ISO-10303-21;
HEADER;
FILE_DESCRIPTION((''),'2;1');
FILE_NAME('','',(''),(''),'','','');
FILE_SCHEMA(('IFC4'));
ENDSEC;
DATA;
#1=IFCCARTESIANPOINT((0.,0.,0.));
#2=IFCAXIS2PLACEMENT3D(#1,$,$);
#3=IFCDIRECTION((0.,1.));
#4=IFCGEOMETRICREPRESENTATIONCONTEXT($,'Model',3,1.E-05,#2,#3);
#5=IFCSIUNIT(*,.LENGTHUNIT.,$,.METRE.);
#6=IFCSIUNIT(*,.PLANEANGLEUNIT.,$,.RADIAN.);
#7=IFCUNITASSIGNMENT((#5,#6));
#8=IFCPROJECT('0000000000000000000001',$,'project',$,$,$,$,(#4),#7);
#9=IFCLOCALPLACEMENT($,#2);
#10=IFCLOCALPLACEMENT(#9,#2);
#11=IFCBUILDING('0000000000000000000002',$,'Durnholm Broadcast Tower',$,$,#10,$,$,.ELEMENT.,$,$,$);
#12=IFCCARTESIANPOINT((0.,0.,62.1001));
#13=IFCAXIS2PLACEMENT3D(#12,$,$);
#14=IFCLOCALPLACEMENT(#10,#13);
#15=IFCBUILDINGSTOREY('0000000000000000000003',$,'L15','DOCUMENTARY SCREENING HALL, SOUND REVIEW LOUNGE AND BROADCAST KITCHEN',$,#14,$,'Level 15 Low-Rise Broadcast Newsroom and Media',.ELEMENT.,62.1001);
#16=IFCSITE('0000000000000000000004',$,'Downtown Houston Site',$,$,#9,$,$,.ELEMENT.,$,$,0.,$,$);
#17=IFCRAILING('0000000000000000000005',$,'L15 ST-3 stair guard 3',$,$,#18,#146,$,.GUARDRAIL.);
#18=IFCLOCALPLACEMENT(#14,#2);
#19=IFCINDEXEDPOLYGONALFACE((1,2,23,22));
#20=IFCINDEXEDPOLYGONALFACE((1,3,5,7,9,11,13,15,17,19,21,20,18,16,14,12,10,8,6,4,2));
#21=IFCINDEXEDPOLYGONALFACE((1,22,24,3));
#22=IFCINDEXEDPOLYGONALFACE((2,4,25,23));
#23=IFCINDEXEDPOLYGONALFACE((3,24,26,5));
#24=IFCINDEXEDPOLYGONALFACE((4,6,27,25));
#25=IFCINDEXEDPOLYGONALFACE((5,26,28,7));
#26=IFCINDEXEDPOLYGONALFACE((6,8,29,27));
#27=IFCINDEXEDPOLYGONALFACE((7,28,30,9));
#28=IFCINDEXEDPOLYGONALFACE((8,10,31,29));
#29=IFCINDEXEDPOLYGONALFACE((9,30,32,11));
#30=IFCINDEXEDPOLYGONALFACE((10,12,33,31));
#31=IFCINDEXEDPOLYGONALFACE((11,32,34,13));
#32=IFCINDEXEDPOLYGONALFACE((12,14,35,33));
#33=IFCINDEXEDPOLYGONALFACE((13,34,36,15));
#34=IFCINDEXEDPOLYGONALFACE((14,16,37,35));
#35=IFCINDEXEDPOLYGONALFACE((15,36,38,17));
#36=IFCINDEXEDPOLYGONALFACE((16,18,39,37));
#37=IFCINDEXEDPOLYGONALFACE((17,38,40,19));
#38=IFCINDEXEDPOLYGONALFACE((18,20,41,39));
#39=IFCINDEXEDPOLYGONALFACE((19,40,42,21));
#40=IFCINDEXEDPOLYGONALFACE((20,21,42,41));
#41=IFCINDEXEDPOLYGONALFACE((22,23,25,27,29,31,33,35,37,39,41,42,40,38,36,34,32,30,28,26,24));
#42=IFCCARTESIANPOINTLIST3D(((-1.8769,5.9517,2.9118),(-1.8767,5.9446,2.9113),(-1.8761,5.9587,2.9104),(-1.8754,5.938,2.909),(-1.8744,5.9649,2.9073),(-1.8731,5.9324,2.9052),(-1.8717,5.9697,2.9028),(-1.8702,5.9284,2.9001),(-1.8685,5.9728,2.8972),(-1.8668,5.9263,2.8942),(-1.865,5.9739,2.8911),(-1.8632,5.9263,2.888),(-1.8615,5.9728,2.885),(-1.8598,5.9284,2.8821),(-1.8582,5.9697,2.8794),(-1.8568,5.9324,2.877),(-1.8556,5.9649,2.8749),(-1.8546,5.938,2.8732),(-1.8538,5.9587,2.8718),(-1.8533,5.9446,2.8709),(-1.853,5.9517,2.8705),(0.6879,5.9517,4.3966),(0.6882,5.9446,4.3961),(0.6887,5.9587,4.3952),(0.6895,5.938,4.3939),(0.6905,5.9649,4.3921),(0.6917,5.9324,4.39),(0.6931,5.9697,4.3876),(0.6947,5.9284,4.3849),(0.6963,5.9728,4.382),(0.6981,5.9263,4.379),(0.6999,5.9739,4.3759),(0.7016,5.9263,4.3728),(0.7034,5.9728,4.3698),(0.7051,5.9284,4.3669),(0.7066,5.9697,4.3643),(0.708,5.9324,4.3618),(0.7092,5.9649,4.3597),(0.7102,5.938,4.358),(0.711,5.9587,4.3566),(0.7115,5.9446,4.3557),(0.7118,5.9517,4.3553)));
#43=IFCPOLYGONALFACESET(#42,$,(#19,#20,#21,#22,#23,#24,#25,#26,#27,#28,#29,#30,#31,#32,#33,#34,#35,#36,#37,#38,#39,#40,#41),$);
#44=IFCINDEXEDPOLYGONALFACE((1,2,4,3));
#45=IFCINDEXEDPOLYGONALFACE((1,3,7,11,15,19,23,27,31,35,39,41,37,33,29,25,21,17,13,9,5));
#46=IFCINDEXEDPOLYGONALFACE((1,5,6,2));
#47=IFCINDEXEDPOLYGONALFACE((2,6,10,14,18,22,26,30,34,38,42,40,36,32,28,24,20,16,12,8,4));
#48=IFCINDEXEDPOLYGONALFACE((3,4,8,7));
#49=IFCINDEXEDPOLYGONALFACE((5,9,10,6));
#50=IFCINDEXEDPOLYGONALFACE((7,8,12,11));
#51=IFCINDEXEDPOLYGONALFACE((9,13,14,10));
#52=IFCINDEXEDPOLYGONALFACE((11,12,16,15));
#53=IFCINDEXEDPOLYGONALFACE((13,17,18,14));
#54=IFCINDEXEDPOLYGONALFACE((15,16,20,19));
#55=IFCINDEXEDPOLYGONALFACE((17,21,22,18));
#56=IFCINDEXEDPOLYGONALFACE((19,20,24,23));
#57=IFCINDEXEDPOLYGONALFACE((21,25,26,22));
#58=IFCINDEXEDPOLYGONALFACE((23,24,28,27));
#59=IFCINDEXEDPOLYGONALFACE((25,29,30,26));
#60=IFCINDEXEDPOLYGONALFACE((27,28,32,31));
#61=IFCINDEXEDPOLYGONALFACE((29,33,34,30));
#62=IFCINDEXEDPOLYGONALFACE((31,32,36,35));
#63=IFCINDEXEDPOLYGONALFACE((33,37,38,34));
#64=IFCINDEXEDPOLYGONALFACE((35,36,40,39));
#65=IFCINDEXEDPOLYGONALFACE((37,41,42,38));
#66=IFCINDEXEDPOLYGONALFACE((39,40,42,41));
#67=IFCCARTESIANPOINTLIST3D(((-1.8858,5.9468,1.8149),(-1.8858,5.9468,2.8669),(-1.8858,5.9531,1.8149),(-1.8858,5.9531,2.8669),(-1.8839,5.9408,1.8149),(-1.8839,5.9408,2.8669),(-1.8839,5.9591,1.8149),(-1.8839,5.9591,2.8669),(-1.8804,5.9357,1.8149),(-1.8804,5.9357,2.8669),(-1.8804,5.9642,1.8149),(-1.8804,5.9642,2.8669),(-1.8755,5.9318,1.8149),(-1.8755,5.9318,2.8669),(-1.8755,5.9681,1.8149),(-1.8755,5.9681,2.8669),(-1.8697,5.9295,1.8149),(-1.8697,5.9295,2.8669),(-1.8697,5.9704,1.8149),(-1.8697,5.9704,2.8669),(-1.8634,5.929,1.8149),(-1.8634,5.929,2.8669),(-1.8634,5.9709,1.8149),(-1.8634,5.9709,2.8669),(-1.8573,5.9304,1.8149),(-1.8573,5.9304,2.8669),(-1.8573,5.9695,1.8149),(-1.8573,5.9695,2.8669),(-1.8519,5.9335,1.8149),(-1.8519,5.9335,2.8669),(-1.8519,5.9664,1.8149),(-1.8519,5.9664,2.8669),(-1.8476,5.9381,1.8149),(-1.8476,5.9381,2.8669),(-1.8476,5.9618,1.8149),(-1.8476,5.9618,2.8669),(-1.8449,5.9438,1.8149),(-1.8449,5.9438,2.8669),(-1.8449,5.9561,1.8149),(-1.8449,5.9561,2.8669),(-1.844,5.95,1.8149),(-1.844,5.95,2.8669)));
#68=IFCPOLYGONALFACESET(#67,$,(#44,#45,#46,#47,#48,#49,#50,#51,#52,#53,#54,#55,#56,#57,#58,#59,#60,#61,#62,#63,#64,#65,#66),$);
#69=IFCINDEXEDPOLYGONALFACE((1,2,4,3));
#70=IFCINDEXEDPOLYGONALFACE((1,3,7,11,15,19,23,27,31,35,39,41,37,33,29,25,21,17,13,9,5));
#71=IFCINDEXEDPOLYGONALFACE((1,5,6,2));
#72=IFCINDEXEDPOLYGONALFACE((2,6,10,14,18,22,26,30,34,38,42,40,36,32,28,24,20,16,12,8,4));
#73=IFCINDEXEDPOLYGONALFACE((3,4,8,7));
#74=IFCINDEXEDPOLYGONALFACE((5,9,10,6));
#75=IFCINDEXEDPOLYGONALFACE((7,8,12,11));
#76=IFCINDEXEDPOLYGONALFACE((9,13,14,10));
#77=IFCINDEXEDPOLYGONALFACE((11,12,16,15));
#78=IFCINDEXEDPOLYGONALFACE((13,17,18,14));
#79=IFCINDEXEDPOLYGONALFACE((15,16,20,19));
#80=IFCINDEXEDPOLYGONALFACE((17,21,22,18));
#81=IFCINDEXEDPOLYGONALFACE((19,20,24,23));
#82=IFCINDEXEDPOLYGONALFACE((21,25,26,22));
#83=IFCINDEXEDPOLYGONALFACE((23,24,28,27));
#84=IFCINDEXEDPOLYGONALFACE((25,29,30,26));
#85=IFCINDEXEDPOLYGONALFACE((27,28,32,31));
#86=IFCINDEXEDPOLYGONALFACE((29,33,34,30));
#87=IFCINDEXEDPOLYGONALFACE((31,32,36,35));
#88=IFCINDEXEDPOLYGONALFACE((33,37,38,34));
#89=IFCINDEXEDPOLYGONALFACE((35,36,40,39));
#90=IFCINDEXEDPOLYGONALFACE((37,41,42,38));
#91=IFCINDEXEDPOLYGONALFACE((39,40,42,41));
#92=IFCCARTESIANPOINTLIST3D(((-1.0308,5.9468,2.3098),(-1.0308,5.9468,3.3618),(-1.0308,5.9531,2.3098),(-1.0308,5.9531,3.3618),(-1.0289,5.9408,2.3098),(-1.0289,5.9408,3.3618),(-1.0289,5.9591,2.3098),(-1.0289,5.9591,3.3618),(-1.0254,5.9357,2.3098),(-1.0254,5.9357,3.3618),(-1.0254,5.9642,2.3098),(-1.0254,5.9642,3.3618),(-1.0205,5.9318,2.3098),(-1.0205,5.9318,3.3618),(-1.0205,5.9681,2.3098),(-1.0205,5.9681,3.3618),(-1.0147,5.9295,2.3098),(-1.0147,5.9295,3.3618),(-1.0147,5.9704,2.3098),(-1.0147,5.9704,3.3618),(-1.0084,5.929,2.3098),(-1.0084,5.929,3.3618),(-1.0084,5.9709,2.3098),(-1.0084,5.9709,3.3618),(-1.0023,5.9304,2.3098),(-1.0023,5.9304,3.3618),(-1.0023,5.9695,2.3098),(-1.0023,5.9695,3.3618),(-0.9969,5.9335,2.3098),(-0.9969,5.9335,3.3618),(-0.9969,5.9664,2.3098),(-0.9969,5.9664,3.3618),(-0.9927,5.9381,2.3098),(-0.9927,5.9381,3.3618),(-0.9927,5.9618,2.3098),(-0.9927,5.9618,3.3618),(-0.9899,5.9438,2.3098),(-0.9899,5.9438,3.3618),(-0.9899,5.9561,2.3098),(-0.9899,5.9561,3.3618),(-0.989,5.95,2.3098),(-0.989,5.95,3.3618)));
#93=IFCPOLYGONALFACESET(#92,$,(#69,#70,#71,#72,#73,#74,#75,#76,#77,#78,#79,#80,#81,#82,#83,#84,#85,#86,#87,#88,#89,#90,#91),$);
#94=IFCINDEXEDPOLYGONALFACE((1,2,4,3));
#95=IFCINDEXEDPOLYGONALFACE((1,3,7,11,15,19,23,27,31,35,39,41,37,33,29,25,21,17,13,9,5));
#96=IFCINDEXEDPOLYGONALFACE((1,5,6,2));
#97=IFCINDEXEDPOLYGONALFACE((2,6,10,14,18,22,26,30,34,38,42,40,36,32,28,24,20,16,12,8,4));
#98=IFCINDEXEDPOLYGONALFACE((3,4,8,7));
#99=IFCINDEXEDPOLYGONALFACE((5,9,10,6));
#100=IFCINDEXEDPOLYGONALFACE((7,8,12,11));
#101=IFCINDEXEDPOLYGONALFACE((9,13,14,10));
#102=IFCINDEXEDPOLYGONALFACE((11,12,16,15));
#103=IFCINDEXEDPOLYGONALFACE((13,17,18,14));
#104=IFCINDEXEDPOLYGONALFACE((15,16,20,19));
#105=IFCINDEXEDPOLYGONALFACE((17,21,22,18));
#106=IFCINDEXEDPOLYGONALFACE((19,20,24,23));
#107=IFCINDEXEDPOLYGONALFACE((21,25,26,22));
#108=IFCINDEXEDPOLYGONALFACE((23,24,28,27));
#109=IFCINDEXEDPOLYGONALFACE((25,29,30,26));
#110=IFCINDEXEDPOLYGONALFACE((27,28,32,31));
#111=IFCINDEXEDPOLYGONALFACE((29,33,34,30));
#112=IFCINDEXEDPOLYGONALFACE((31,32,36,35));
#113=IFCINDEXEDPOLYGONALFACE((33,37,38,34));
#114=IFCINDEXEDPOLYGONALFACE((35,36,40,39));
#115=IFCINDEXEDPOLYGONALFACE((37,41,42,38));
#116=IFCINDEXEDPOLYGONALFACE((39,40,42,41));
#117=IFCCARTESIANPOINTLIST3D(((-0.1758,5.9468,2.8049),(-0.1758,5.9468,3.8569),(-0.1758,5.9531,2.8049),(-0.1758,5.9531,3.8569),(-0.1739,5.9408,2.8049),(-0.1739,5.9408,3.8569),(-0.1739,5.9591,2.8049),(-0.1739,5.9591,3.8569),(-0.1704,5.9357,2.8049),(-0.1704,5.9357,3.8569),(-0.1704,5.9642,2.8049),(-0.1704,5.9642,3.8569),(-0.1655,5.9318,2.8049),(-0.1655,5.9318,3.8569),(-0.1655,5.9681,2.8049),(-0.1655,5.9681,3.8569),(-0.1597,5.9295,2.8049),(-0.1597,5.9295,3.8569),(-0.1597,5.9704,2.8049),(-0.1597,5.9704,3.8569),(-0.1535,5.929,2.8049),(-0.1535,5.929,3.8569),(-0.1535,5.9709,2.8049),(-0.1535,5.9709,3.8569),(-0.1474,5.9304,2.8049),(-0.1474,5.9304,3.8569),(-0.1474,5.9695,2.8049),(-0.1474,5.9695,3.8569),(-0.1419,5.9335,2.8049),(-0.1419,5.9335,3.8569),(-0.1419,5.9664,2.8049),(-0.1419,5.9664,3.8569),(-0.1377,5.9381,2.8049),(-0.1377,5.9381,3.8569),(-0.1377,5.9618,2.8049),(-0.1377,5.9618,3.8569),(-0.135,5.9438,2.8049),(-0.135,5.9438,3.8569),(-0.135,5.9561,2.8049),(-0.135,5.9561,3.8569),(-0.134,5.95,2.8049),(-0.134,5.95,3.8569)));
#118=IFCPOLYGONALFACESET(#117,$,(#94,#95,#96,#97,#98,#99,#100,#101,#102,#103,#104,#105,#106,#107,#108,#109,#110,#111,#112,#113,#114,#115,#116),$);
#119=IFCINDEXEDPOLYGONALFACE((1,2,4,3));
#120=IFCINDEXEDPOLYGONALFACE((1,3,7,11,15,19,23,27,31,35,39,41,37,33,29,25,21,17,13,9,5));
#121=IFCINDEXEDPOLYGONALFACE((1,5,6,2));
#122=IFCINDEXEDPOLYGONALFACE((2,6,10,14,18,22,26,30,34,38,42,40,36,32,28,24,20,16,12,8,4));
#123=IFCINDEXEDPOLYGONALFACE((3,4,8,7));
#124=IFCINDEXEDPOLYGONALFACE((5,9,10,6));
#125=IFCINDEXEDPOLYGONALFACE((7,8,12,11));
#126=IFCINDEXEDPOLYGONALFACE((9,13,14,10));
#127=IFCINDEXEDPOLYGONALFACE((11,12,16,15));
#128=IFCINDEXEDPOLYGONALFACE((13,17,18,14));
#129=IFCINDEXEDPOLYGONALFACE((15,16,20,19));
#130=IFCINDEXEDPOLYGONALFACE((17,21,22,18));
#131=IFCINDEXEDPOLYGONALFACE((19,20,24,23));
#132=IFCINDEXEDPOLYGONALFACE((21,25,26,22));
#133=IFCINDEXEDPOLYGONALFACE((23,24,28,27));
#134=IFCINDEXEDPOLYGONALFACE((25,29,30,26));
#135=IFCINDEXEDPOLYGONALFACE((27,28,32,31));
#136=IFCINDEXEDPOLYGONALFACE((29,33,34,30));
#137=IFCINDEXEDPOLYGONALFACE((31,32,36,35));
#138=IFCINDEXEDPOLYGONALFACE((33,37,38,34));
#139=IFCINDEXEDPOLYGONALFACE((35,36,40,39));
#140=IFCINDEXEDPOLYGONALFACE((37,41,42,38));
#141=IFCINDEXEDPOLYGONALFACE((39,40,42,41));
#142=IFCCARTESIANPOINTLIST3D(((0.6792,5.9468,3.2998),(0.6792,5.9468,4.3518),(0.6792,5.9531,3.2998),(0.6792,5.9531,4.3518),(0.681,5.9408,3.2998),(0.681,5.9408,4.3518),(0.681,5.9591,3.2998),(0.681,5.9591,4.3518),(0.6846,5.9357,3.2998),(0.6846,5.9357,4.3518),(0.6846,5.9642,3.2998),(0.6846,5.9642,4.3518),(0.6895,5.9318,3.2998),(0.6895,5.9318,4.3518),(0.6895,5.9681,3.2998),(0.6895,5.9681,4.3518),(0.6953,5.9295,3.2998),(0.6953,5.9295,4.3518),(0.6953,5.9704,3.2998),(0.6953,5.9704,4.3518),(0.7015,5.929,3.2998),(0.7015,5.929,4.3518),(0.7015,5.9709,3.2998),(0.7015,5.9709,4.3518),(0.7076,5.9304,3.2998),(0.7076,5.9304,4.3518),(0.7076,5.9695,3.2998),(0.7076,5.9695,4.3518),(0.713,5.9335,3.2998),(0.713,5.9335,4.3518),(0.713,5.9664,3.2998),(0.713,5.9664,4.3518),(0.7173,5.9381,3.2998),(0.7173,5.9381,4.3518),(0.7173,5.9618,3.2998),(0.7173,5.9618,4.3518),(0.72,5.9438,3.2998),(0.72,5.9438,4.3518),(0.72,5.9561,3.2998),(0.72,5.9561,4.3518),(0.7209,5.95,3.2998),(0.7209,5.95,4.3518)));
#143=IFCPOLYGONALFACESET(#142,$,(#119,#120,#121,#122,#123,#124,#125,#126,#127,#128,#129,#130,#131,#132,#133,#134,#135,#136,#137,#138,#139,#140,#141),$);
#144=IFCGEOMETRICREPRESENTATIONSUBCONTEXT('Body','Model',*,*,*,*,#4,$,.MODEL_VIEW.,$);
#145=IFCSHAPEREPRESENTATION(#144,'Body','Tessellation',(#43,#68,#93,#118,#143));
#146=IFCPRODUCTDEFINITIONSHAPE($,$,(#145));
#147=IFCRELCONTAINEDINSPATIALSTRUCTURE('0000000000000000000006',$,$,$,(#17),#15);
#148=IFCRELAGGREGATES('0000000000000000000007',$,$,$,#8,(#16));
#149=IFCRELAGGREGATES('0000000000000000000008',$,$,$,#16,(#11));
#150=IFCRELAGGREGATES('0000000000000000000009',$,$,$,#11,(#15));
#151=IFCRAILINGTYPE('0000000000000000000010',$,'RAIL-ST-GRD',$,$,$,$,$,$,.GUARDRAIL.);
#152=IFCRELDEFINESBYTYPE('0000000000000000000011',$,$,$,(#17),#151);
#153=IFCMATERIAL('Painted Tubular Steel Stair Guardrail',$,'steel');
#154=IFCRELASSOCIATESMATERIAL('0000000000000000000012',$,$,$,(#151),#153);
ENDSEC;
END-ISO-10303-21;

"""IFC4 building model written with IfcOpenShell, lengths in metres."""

from ifc_helpers import new_model, si_unit, direction, frame, origin, origin_2d, place, context, subcontext, project, spatial, circle, extrude, material, type_object, element, save


model = new_model("IFC4")

# Units and contexts
model_context = context("Model", 3, precision=1e-05, world=origin(), true_north=direction((0.0, 1.0)))
body_context = subcontext(model_context, "Body", "Model", "MODEL_VIEW")
ifc_project = project(units=[si_unit("LENGTHUNIT", "METRE"), si_unit("PLANEANGLEUNIT", "RADIAN")], contexts=[model_context])

# Site, building, storey
site_placement = place(None, origin())
site = spatial("IfcSite", under=ifc_project, at=site_placement, Name="Downtown Houston Site", CompositionType="ELEMENT", RefElevation=0.0)
building_placement = place(site_placement, origin())
building = spatial("IfcBuilding", under=site, at=building_placement, Name="Durnholm Broadcast Tower", CompositionType="ELEMENT")
storey_placement = place(building_placement, frame((0.0, 0.0, 62.1001)))
storey = spatial("IfcBuildingStorey", under=building, at=storey_placement, Name="L15", Description="DOCUMENTARY SCREENING HALL, SOUND REVIEW LOUNGE AND BROADCAST KITCHEN", LongName="Level 15 Low-Rise Broadcast Newsroom and Media", CompositionType="ELEMENT", Elevation=62.1001)

# Railing
ifc_material_1 = material(Name="Painted Tubular Steel Stair Guardrail", Category="steel")
railing_type_1 = type_object("IfcRailingType", Name="RAIL-ST-GRD", PredefinedType="GUARDRAIL", material=ifc_material_1)
railing_1_placement = place(storey_placement, frame((-1.865, 5.95, 1.8149)))
element("IfcRailing", 1, at=railing_1_placement, inside=storey, type_object=railing_type_1, Name="L15 ST-3 stair guard 3", PredefinedType="GUARDRAIL", context=body_context, shape_type="SweptSolid", body=[
    extrude(circle(Radius=0.0239, at=origin_2d()), frame((0.0, 0.0, 1.0762), z_axis=(0.865441, 0.0, 0.50101), x_axis=(0.0, 1.0, 0.0)), (0.0, 0.0, 1.0), 2.9636),
    extrude(circle(Radius=0.021, at=origin_2d()), origin(), (0.0, 0.0, 1.0), 1.052),
    extrude(circle(Radius=0.021, at=origin_2d()), frame((0.855, 0.0, 0.4949)), (0.0, 0.0, 1.0), 1.052),
    extrude(circle(Radius=0.021, at=origin_2d()), frame((1.71, 0.0, 0.99)), (0.0, 0.0, 1.0), 1.052),
    extrude(circle(Radius=0.021, at=origin_2d()), frame((2.5649, 0.0, 1.4849)), (0.0, 0.0, 1.0), 1.052),
])

save(model, "model.ifc")
